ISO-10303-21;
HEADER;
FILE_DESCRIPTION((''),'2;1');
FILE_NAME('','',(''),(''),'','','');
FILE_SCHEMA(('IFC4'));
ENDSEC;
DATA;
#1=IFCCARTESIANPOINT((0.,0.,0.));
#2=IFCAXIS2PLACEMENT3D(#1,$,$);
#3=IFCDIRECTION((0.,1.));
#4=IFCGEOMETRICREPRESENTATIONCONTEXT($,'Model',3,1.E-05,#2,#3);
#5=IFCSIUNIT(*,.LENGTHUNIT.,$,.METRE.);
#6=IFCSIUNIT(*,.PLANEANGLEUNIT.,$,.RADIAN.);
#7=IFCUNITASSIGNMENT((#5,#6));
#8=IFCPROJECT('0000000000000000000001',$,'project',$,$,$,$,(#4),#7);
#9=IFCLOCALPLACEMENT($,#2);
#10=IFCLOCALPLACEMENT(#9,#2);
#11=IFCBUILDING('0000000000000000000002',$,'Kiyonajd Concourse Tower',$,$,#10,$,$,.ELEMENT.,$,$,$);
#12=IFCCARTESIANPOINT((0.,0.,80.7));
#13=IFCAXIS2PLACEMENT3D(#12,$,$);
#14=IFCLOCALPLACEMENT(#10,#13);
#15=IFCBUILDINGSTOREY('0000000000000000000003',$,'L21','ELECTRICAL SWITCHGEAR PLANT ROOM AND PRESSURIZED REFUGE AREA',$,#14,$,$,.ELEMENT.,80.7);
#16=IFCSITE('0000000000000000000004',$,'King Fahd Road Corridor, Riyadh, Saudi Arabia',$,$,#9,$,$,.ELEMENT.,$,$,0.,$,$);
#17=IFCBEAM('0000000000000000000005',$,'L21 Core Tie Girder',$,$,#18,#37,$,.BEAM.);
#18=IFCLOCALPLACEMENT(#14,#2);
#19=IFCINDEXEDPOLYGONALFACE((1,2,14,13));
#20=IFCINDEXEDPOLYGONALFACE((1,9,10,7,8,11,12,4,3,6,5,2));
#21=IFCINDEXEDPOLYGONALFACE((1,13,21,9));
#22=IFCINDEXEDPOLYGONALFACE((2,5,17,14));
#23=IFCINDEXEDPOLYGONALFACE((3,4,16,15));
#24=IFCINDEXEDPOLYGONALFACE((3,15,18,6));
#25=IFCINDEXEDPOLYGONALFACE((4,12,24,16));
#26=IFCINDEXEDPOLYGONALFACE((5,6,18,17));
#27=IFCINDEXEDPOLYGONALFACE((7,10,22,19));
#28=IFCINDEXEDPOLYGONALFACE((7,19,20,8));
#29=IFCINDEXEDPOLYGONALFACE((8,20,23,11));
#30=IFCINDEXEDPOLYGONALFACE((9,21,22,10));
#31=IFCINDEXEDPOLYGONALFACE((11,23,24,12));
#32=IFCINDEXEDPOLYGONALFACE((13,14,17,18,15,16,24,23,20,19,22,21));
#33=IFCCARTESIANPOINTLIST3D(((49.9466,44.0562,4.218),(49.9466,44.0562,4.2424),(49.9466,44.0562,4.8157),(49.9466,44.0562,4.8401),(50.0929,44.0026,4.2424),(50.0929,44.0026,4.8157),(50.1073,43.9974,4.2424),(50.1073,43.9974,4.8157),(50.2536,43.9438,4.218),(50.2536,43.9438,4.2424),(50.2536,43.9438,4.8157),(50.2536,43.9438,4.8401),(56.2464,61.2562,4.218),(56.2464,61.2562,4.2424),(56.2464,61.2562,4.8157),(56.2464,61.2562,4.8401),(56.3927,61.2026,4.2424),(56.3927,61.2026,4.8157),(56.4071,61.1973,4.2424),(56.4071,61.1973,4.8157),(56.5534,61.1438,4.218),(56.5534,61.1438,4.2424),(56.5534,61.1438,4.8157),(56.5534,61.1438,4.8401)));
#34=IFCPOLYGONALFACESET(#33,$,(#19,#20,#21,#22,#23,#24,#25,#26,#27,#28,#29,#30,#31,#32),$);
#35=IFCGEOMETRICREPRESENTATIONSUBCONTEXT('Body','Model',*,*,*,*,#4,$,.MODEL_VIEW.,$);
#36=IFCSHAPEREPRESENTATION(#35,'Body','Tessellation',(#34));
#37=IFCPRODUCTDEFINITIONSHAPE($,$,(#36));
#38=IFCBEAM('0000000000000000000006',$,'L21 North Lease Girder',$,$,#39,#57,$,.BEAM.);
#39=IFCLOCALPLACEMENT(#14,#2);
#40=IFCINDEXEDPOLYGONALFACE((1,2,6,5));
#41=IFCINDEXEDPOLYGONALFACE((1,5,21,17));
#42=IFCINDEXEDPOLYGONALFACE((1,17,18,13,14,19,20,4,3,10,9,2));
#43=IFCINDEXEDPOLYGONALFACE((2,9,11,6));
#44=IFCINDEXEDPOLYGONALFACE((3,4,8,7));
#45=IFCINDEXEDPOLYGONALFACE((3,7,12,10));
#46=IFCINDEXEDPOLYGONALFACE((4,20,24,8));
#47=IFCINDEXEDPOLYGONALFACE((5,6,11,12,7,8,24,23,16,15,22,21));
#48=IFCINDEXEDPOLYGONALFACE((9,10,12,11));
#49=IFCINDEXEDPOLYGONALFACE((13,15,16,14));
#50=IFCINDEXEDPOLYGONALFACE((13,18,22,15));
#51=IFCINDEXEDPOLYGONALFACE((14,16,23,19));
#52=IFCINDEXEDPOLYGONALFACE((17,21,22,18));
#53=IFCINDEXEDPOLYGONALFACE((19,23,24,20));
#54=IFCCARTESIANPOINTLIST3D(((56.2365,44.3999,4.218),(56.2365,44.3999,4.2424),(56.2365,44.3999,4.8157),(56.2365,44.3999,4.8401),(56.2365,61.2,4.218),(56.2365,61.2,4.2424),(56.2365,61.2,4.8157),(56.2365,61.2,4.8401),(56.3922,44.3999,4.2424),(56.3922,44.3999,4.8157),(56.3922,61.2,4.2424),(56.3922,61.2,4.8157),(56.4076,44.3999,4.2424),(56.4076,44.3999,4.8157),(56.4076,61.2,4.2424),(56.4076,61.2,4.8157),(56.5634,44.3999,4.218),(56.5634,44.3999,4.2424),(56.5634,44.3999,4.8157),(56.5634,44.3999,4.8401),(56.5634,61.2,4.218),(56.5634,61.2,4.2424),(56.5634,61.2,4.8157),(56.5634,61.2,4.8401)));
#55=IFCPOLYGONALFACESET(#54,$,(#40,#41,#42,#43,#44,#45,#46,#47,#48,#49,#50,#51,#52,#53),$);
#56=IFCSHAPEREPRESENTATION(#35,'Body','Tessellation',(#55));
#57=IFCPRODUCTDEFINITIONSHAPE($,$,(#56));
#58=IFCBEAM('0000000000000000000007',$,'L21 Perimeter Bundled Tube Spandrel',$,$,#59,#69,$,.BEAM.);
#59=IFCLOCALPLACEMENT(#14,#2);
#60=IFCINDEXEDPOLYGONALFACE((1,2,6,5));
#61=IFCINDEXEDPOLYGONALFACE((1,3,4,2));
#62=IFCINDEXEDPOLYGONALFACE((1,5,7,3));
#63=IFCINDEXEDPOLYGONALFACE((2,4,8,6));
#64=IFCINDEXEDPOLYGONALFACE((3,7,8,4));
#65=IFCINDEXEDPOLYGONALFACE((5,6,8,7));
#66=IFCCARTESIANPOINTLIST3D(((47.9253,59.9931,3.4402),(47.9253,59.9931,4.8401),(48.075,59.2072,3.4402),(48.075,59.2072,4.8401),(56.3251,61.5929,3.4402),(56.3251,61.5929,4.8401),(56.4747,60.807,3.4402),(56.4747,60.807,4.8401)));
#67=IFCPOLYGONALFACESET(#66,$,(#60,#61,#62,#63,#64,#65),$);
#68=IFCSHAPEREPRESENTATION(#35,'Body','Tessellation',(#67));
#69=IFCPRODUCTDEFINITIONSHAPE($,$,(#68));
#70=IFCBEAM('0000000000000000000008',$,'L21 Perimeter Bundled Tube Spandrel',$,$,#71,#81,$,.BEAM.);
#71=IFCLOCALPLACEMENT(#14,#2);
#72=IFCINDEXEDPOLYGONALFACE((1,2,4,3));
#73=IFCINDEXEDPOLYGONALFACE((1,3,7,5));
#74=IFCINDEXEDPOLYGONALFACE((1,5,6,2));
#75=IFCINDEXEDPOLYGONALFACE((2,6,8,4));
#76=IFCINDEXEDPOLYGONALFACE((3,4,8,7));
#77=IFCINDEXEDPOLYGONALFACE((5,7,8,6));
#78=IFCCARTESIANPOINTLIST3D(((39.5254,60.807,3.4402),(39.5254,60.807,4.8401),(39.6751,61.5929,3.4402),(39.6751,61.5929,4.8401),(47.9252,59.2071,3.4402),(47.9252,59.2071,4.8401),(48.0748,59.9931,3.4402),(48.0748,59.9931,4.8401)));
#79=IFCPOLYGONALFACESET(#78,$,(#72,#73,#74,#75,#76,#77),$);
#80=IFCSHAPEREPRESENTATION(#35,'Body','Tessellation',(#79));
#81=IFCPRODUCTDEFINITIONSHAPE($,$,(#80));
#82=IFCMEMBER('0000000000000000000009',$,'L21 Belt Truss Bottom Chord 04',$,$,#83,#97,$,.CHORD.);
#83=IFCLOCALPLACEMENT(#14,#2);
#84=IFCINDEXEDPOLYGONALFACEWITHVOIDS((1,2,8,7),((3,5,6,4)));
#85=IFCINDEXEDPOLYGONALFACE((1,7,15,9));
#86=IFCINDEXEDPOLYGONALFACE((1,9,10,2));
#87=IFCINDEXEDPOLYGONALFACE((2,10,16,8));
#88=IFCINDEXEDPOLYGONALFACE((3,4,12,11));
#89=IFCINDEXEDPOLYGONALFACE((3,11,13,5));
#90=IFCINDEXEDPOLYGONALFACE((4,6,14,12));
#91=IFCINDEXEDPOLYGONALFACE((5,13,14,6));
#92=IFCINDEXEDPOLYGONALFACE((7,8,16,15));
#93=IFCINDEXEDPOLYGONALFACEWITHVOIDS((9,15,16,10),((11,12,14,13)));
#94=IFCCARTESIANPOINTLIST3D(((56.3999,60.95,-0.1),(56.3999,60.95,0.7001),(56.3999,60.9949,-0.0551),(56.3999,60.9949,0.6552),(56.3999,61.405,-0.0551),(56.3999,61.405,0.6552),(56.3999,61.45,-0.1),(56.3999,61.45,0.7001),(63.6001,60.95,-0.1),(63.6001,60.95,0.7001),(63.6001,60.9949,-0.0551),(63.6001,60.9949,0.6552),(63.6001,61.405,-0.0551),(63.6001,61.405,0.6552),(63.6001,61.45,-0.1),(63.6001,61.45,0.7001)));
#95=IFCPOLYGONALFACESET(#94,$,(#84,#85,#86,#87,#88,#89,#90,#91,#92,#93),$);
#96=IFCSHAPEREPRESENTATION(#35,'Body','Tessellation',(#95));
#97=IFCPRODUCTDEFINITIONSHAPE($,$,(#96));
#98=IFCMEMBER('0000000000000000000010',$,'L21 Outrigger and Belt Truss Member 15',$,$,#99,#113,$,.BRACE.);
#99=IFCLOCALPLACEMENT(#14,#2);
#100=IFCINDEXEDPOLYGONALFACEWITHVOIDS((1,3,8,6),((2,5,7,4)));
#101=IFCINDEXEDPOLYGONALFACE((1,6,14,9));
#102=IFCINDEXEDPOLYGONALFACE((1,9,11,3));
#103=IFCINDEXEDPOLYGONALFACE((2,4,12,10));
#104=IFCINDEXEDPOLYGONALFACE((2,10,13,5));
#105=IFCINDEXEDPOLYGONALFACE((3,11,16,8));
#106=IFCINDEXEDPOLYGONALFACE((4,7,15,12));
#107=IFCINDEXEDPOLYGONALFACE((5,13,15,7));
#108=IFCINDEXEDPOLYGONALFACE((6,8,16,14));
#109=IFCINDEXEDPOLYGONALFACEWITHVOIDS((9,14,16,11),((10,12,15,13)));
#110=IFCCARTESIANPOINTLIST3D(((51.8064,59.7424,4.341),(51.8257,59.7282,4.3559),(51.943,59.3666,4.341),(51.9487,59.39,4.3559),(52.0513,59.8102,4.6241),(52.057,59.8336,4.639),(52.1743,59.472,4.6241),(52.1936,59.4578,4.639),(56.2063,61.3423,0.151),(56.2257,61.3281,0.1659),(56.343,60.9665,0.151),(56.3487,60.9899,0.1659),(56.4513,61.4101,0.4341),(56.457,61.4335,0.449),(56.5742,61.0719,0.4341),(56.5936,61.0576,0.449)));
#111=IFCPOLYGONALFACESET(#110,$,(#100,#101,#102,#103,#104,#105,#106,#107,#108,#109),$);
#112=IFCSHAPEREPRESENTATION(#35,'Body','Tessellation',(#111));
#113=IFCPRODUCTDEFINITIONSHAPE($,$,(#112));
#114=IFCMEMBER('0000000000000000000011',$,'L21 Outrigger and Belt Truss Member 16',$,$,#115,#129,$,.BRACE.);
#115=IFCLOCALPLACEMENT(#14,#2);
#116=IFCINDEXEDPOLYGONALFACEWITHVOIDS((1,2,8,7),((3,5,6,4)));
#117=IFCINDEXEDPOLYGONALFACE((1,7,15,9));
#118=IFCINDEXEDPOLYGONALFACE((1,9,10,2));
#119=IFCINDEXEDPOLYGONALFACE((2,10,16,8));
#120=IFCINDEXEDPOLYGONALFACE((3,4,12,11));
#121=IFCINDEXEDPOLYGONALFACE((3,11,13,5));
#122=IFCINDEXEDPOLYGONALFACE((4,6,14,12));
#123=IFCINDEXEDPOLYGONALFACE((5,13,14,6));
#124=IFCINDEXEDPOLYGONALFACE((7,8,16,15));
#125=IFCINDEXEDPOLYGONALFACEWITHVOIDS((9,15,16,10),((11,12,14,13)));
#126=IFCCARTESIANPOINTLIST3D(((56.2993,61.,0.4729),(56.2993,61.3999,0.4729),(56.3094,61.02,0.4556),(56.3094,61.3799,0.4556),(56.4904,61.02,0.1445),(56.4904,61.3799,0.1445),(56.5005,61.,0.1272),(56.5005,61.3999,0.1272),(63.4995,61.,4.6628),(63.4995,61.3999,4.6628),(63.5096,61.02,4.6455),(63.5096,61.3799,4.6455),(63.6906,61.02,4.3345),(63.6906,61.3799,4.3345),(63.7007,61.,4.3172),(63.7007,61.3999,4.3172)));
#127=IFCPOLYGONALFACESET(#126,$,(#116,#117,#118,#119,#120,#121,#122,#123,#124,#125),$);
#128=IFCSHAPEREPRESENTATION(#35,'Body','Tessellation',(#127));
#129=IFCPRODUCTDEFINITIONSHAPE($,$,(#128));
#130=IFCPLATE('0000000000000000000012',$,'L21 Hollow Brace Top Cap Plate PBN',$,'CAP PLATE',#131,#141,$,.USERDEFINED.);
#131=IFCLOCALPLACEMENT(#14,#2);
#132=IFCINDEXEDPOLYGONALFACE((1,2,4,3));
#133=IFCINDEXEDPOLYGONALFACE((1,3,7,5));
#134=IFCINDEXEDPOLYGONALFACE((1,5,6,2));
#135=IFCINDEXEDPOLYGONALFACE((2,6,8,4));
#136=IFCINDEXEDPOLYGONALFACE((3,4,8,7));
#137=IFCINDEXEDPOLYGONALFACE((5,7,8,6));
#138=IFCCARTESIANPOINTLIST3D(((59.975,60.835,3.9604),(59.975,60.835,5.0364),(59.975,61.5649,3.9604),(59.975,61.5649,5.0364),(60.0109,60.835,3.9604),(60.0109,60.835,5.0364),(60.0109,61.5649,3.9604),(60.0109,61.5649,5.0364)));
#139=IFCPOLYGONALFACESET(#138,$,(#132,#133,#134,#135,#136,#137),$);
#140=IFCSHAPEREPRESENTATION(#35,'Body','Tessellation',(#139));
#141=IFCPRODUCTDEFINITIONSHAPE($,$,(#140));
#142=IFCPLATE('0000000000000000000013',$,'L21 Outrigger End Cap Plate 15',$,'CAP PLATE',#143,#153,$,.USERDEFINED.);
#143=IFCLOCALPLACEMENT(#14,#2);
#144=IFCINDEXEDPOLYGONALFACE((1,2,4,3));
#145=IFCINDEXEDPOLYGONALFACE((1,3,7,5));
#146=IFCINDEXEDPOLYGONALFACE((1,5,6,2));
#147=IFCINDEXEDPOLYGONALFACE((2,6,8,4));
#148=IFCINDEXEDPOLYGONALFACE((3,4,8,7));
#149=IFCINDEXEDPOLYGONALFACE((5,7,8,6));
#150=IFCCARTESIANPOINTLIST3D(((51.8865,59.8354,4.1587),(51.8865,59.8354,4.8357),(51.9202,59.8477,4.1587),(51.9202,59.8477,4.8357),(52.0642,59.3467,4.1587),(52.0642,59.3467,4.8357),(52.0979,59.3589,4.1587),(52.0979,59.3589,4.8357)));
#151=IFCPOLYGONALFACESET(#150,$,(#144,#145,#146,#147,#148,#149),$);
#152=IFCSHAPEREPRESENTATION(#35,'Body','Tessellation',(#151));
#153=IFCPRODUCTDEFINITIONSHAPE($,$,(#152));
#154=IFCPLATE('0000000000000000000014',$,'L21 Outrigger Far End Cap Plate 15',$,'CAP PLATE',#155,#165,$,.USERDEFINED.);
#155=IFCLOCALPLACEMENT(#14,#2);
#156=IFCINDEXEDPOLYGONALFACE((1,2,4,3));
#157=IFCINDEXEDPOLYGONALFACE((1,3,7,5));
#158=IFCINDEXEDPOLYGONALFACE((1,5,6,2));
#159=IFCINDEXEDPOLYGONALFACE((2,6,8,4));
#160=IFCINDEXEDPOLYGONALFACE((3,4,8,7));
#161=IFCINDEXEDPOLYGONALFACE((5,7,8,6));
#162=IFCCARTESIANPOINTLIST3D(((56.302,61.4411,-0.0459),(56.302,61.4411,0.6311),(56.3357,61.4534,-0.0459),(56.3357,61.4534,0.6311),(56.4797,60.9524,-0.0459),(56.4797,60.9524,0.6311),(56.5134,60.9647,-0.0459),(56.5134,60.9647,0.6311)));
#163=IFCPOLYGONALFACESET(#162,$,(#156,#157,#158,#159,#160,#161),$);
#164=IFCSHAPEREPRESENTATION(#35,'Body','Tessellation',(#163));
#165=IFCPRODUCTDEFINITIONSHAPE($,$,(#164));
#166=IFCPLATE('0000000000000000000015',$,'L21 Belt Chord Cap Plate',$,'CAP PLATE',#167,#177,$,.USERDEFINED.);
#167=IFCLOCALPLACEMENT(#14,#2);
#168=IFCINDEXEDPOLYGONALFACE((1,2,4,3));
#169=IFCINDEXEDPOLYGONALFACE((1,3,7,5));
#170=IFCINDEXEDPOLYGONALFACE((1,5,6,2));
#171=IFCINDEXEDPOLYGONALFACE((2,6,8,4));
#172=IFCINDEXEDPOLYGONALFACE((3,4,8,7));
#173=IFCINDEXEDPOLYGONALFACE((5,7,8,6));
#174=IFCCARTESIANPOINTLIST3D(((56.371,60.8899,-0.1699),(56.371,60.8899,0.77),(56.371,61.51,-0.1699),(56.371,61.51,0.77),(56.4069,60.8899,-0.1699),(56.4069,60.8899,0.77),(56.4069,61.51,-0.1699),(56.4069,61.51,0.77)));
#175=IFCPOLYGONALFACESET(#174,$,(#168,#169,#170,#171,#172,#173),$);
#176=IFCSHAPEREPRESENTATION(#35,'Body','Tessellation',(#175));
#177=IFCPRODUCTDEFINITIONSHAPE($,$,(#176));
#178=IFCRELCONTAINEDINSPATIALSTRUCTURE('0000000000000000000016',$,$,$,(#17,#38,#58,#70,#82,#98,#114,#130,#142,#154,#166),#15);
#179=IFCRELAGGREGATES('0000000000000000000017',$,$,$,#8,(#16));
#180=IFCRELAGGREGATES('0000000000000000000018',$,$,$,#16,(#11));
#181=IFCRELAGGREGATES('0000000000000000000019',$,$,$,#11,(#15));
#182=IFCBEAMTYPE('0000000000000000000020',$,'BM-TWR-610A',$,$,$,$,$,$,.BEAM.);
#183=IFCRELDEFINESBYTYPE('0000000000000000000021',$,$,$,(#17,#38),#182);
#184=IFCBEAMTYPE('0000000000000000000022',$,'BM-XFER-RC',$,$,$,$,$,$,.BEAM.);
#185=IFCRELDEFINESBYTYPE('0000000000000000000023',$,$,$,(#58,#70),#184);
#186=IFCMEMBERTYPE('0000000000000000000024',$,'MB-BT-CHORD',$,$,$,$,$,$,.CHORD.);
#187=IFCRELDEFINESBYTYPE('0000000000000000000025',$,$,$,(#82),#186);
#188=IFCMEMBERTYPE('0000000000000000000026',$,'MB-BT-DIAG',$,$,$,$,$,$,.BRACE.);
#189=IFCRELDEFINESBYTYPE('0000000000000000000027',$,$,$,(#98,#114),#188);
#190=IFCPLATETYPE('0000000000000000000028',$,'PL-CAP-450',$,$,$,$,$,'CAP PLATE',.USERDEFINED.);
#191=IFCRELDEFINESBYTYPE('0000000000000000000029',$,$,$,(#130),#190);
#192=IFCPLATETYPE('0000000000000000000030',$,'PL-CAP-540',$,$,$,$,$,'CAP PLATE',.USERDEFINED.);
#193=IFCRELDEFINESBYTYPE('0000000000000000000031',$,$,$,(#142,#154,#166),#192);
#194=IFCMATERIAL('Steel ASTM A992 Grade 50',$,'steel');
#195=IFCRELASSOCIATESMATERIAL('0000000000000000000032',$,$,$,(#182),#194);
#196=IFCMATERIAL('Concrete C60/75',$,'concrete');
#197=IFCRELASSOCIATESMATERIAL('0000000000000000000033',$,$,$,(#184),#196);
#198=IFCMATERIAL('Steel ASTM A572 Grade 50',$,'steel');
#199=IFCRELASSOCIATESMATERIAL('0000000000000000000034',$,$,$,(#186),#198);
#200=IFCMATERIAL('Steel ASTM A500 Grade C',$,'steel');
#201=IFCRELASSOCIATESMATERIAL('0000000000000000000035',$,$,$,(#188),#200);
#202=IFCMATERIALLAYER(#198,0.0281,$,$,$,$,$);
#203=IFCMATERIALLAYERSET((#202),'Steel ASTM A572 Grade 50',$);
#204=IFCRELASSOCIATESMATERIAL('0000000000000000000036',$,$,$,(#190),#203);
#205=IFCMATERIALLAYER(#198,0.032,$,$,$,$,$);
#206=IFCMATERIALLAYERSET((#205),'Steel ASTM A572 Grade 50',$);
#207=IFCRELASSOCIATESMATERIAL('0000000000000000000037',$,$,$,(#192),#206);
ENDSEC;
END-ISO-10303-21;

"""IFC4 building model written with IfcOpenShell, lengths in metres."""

from ifc_helpers import new_model, si_unit, direction, frame, origin, origin_2d, place, context, subcontext, project, spatial, rectangle, hollow_rectangle, i_section, extrude, material, layer, layer_set, material_profile, profile_set, type_object, element, save


model = new_model("IFC4")

# Units and contexts
model_context = context("Model", 3, precision=1e-05, world=origin(), true_north=direction((0.0, 1.0)))
body_context = subcontext(model_context, "Body", "Model", "MODEL_VIEW")
ifc_project = project(units=[si_unit("LENGTHUNIT", "METRE"), si_unit("PLANEANGLEUNIT", "RADIAN")], contexts=[model_context])

# Site, building, storey
site_placement = place(None, origin())
site = spatial("IfcSite", under=ifc_project, at=site_placement, Name="King Fahd Road Corridor, Riyadh, Saudi Arabia", CompositionType="ELEMENT", RefElevation=0.0)
building_placement = place(site_placement, origin())
building = spatial("IfcBuilding", under=site, at=building_placement, Name="Kiyonajd Concourse Tower", CompositionType="ELEMENT")
storey_placement = place(building_placement, frame((0.0, 0.0, 80.7)))
storey = spatial("IfcBuildingStorey", under=building, at=storey_placement, Name="L21", Description="ELECTRICAL SWITCHGEAR PLANT ROOM AND PRESSURIZED REFUGE AREA", CompositionType="ELEMENT", Elevation=80.7)

# Shared definitions
ifc_material_1 = material(Name="Concrete C60/75", Category="concrete")

# Beams
ifc_material_2 = material(Name="Steel ASTM A992 Grade 50", Category="steel")
ifc_material_profile_1 = material_profile(ifc_material_2, i_section(OverallWidth=0.3269, OverallDepth=0.6221, WebThickness=0.0154, FlangeThickness=0.0244, at=origin_2d()), Name="W610X195")
ifc_profile_set_1 = profile_set([ifc_material_profile_1], Name="Steel ASTM A992 Grade 50")
beam_type_1 = type_object("IfcBeamType", Name="BM-TWR-610A", PredefinedType="BEAM", material=ifc_profile_set_1)
beam_1_placement = place(storey_placement, frame((50.1001, 44.0, 4.5291), z_axis=(0.343925, 0.938997, 0.0), x_axis=(-0.938997, 0.343925, 0.0)))
element("IfcBeam", 1, at=beam_1_placement, inside=storey, type_object=beam_type_1, Name="L21 Core Tie Girder", PredefinedType="BEAM", context=body_context, shape_type="SweptSolid", body=[
    extrude(i_section(OverallWidth=0.3269, OverallDepth=0.6221, WebThickness=0.0154, FlangeThickness=0.0244, at=origin_2d()), origin(), (0.0, 0.0, 1.0), 18.3174),
])
beam_2_placement = place(storey_placement, frame((56.3999, 44.3999, 4.5291), z_axis=(0.0, 1.0, 0.0), x_axis=(-1.0, 0.0, 0.0)))
element("IfcBeam", 2, at=beam_2_placement, inside=storey, type_object=beam_type_1, Name="L21 North Lease Girder", PredefinedType="BEAM", context=body_context, shape_type="SweptSolid", body=[
    extrude(i_section(OverallWidth=0.3269, OverallDepth=0.6221, WebThickness=0.0154, FlangeThickness=0.0244, at=origin_2d()), origin(), (0.0, 0.0, 1.0), 16.8),
])
ifc_material_profile_2 = material_profile(ifc_material_1, rectangle(XDim=0.8, YDim=1.3999, at=origin_2d()), Name="RCBM-800x1400")
ifc_profile_set_2 = profile_set([ifc_material_profile_2], Name="Concrete C60/75")
beam_type_2 = type_object("IfcBeamType", Name="BM-XFER-RC", PredefinedType="BEAM", material=ifc_profile_set_2)
for number, where, z_axis, x_axis, name in (
    (3, (56.3999, 61.2, 4.1401), (-0.982341, -0.187098, 0.0), (0.187098, -0.982341, 0.0), "L21 Perimeter Bundled Tube Spandrel"),
    (4, (48.0, 59.6001, 4.1401), (-0.982341, 0.187098, 0.0), (-0.187098, -0.982341, 0.0), "L21 Perimeter Bundled Tube Spandrel"),
):
    element("IfcBeam", number, at=place(storey_placement, frame(where, z_axis=z_axis, x_axis=x_axis)), inside=storey, type_object=beam_type_2, Name=name, PredefinedType="BEAM", context=body_context, shape_type="SweptSolid", body=[
        extrude(rectangle(XDim=0.8, YDim=1.3999, at=origin_2d()), origin(), (0.0, 0.0, 1.0), 8.5508),
    ])

# Members
ifc_material_3 = material(Name="Steel ASTM A572 Grade 50", Category="steel")
ifc_material_profile_3 = material_profile(ifc_material_3, hollow_rectangle(XDim=0.5, YDim=0.8, WallThickness=0.0449, at=origin_2d()), Name="BOX-800x500x45")
ifc_profile_set_3 = profile_set([ifc_material_profile_3], Name="Steel ASTM A572 Grade 50")
member_type_1 = type_object("IfcMemberType", Name="MB-BT-CHORD", PredefinedType="CHORD", material=ifc_profile_set_3)
member_1_placement = place(storey_placement, frame((56.3999, 61.2, 0.3), z_axis=(1.0, 0.0, 0.0), x_axis=(0.0, 1.0, 0.0)))
element("IfcMember", 5, at=member_1_placement, inside=storey, type_object=member_type_1, Name="L21 Belt Truss Bottom Chord 04", PredefinedType="CHORD", context=body_context, shape_type="SweptSolid", body=[
    extrude(hollow_rectangle(XDim=0.5, YDim=0.8, WallThickness=0.0449, at=origin_2d()), origin(), (0.0, 0.0, 1.0), 7.2002),
])
ifc_material_4 = material(Name="Steel ASTM A500 Grade C", Category="steel")
ifc_material_profile_4 = material_profile(ifc_material_4, hollow_rectangle(XDim=0.3999, YDim=0.3999, WallThickness=0.02, at=origin_2d()), Name="HSS-400x400x20")
ifc_profile_set_4 = profile_set([ifc_material_profile_4], Name="Steel ASTM A500 Grade C")
member_type_2 = type_object("IfcMemberType", Name="MB-BT-DIAG", PredefinedType="BRACE", material=ifc_profile_set_4)
member_2_placement = place(storey_placement, frame((52.0, 59.6001, 4.49), z_axis=(0.700303, 0.254638, -0.666885), x_axis=(-0.341722, 0.939801, 0.0)))
element("IfcMember", 6, at=member_2_placement, inside=storey, type_object=member_type_2, Name="L21 Outrigger and Belt Truss Member 15", PredefinedType="BRACE", context=body_context, shape_type="SweptSolid", body=[
    extrude(hollow_rectangle(XDim=0.3999, YDim=0.3999, WallThickness=0.02, at=origin_2d()), origin(), (0.0, 0.0, 1.0), 6.283),
])
member_3_placement = place(storey_placement, frame((56.3999, 61.2, 0.3), z_axis=(0.86431, 0.0, 0.50296), x_axis=(0.0, 1.0, 0.0)))
element("IfcMember", 7, at=member_3_placement, inside=storey, type_object=member_type_2, Name="L21 Outrigger and Belt Truss Member 16", PredefinedType="BRACE", context=body_context, shape_type="SweptSolid", body=[
    extrude(hollow_rectangle(XDim=0.3999, YDim=0.3999, WallThickness=0.02, at=origin_2d()), origin(), (0.0, 0.0, 1.0), 8.3306),
])

# Plates
ifc_layer_1 = layer(ifc_material_3, 0.0281)
ifc_layer_set_1 = layer_set([ifc_layer_1], Name="Steel ASTM A572 Grade 50")
plate_type_1 = type_object("IfcPlateType", Name="PL-CAP-450", ElementType="CAP PLATE", PredefinedType="USERDEFINED", material=ifc_layer_set_1)
plate_1_placement = place(storey_placement, frame((59.9929, 61.2, 3.9604), z_axis=(0.0, 0.0, 1.0), x_axis=(-1.0, 0.0, 0.0)))
element("IfcPlate", 8, at=plate_1_placement, inside=storey, type_object=plate_type_1, Name="L21 Hollow Brace Top Cap Plate PBN", ObjectType="CAP PLATE", PredefinedType="USERDEFINED", context=body_context, shape_type="SweptSolid", body=[
    extrude(rectangle(XDim=0.0359, YDim=0.73, at=origin_2d()), origin(), (0.0, 0.0, 1.0), 1.0759),
])
ifc_layer_2 = layer(ifc_material_3, 0.032)
ifc_layer_set_2 = layer_set([ifc_layer_2], Name="Steel ASTM A572 Grade 50")
plate_type_2 = type_object("IfcPlateType", Name="PL-CAP-540", ElementType="CAP PLATE", PredefinedType="USERDEFINED", material=ifc_layer_set_2)
for number, where, z_axis, x_axis, name in (
    (9, (51.9922, 59.5972, 4.1587), (0.0, 0.0, 1.0), (-0.939812, -0.341692, 0.0), "L21 Outrigger End Cap Plate 15"),
    (10, (56.4077, 61.2029, -0.0459), (0.0, 0.0, 1.0), (0.939812, 0.341692, 0.0), "L21 Outrigger Far End Cap Plate 15"),
):
    element("IfcPlate", number, at=place(storey_placement, frame(where, z_axis=z_axis, x_axis=x_axis)), inside=storey, type_object=plate_type_2, Name=name, ObjectType="CAP PLATE", PredefinedType="USERDEFINED", context=body_context, shape_type="SweptSolid", body=[
        extrude(rectangle(XDim=0.0359, YDim=0.52, at=origin_2d()), origin(), (0.0, 0.0, 1.0), 0.677),
    ])
plate_2_placement = place(storey_placement, frame((56.3889, 61.2, -0.1699), z_axis=(0.0, 0.0, 1.0), x_axis=(-1.0, 0.0, 0.0)))
element("IfcPlate", 11, at=plate_2_placement, inside=storey, type_object=plate_type_2, Name="L21 Belt Chord Cap Plate", ObjectType="CAP PLATE", PredefinedType="USERDEFINED", context=body_context, shape_type="SweptSolid", body=[
    extrude(rectangle(XDim=0.0359, YDim=0.6201, at=origin_2d()), origin(), (0.0, 0.0, 1.0), 0.9399),
])

save(model, "model.ifc")
